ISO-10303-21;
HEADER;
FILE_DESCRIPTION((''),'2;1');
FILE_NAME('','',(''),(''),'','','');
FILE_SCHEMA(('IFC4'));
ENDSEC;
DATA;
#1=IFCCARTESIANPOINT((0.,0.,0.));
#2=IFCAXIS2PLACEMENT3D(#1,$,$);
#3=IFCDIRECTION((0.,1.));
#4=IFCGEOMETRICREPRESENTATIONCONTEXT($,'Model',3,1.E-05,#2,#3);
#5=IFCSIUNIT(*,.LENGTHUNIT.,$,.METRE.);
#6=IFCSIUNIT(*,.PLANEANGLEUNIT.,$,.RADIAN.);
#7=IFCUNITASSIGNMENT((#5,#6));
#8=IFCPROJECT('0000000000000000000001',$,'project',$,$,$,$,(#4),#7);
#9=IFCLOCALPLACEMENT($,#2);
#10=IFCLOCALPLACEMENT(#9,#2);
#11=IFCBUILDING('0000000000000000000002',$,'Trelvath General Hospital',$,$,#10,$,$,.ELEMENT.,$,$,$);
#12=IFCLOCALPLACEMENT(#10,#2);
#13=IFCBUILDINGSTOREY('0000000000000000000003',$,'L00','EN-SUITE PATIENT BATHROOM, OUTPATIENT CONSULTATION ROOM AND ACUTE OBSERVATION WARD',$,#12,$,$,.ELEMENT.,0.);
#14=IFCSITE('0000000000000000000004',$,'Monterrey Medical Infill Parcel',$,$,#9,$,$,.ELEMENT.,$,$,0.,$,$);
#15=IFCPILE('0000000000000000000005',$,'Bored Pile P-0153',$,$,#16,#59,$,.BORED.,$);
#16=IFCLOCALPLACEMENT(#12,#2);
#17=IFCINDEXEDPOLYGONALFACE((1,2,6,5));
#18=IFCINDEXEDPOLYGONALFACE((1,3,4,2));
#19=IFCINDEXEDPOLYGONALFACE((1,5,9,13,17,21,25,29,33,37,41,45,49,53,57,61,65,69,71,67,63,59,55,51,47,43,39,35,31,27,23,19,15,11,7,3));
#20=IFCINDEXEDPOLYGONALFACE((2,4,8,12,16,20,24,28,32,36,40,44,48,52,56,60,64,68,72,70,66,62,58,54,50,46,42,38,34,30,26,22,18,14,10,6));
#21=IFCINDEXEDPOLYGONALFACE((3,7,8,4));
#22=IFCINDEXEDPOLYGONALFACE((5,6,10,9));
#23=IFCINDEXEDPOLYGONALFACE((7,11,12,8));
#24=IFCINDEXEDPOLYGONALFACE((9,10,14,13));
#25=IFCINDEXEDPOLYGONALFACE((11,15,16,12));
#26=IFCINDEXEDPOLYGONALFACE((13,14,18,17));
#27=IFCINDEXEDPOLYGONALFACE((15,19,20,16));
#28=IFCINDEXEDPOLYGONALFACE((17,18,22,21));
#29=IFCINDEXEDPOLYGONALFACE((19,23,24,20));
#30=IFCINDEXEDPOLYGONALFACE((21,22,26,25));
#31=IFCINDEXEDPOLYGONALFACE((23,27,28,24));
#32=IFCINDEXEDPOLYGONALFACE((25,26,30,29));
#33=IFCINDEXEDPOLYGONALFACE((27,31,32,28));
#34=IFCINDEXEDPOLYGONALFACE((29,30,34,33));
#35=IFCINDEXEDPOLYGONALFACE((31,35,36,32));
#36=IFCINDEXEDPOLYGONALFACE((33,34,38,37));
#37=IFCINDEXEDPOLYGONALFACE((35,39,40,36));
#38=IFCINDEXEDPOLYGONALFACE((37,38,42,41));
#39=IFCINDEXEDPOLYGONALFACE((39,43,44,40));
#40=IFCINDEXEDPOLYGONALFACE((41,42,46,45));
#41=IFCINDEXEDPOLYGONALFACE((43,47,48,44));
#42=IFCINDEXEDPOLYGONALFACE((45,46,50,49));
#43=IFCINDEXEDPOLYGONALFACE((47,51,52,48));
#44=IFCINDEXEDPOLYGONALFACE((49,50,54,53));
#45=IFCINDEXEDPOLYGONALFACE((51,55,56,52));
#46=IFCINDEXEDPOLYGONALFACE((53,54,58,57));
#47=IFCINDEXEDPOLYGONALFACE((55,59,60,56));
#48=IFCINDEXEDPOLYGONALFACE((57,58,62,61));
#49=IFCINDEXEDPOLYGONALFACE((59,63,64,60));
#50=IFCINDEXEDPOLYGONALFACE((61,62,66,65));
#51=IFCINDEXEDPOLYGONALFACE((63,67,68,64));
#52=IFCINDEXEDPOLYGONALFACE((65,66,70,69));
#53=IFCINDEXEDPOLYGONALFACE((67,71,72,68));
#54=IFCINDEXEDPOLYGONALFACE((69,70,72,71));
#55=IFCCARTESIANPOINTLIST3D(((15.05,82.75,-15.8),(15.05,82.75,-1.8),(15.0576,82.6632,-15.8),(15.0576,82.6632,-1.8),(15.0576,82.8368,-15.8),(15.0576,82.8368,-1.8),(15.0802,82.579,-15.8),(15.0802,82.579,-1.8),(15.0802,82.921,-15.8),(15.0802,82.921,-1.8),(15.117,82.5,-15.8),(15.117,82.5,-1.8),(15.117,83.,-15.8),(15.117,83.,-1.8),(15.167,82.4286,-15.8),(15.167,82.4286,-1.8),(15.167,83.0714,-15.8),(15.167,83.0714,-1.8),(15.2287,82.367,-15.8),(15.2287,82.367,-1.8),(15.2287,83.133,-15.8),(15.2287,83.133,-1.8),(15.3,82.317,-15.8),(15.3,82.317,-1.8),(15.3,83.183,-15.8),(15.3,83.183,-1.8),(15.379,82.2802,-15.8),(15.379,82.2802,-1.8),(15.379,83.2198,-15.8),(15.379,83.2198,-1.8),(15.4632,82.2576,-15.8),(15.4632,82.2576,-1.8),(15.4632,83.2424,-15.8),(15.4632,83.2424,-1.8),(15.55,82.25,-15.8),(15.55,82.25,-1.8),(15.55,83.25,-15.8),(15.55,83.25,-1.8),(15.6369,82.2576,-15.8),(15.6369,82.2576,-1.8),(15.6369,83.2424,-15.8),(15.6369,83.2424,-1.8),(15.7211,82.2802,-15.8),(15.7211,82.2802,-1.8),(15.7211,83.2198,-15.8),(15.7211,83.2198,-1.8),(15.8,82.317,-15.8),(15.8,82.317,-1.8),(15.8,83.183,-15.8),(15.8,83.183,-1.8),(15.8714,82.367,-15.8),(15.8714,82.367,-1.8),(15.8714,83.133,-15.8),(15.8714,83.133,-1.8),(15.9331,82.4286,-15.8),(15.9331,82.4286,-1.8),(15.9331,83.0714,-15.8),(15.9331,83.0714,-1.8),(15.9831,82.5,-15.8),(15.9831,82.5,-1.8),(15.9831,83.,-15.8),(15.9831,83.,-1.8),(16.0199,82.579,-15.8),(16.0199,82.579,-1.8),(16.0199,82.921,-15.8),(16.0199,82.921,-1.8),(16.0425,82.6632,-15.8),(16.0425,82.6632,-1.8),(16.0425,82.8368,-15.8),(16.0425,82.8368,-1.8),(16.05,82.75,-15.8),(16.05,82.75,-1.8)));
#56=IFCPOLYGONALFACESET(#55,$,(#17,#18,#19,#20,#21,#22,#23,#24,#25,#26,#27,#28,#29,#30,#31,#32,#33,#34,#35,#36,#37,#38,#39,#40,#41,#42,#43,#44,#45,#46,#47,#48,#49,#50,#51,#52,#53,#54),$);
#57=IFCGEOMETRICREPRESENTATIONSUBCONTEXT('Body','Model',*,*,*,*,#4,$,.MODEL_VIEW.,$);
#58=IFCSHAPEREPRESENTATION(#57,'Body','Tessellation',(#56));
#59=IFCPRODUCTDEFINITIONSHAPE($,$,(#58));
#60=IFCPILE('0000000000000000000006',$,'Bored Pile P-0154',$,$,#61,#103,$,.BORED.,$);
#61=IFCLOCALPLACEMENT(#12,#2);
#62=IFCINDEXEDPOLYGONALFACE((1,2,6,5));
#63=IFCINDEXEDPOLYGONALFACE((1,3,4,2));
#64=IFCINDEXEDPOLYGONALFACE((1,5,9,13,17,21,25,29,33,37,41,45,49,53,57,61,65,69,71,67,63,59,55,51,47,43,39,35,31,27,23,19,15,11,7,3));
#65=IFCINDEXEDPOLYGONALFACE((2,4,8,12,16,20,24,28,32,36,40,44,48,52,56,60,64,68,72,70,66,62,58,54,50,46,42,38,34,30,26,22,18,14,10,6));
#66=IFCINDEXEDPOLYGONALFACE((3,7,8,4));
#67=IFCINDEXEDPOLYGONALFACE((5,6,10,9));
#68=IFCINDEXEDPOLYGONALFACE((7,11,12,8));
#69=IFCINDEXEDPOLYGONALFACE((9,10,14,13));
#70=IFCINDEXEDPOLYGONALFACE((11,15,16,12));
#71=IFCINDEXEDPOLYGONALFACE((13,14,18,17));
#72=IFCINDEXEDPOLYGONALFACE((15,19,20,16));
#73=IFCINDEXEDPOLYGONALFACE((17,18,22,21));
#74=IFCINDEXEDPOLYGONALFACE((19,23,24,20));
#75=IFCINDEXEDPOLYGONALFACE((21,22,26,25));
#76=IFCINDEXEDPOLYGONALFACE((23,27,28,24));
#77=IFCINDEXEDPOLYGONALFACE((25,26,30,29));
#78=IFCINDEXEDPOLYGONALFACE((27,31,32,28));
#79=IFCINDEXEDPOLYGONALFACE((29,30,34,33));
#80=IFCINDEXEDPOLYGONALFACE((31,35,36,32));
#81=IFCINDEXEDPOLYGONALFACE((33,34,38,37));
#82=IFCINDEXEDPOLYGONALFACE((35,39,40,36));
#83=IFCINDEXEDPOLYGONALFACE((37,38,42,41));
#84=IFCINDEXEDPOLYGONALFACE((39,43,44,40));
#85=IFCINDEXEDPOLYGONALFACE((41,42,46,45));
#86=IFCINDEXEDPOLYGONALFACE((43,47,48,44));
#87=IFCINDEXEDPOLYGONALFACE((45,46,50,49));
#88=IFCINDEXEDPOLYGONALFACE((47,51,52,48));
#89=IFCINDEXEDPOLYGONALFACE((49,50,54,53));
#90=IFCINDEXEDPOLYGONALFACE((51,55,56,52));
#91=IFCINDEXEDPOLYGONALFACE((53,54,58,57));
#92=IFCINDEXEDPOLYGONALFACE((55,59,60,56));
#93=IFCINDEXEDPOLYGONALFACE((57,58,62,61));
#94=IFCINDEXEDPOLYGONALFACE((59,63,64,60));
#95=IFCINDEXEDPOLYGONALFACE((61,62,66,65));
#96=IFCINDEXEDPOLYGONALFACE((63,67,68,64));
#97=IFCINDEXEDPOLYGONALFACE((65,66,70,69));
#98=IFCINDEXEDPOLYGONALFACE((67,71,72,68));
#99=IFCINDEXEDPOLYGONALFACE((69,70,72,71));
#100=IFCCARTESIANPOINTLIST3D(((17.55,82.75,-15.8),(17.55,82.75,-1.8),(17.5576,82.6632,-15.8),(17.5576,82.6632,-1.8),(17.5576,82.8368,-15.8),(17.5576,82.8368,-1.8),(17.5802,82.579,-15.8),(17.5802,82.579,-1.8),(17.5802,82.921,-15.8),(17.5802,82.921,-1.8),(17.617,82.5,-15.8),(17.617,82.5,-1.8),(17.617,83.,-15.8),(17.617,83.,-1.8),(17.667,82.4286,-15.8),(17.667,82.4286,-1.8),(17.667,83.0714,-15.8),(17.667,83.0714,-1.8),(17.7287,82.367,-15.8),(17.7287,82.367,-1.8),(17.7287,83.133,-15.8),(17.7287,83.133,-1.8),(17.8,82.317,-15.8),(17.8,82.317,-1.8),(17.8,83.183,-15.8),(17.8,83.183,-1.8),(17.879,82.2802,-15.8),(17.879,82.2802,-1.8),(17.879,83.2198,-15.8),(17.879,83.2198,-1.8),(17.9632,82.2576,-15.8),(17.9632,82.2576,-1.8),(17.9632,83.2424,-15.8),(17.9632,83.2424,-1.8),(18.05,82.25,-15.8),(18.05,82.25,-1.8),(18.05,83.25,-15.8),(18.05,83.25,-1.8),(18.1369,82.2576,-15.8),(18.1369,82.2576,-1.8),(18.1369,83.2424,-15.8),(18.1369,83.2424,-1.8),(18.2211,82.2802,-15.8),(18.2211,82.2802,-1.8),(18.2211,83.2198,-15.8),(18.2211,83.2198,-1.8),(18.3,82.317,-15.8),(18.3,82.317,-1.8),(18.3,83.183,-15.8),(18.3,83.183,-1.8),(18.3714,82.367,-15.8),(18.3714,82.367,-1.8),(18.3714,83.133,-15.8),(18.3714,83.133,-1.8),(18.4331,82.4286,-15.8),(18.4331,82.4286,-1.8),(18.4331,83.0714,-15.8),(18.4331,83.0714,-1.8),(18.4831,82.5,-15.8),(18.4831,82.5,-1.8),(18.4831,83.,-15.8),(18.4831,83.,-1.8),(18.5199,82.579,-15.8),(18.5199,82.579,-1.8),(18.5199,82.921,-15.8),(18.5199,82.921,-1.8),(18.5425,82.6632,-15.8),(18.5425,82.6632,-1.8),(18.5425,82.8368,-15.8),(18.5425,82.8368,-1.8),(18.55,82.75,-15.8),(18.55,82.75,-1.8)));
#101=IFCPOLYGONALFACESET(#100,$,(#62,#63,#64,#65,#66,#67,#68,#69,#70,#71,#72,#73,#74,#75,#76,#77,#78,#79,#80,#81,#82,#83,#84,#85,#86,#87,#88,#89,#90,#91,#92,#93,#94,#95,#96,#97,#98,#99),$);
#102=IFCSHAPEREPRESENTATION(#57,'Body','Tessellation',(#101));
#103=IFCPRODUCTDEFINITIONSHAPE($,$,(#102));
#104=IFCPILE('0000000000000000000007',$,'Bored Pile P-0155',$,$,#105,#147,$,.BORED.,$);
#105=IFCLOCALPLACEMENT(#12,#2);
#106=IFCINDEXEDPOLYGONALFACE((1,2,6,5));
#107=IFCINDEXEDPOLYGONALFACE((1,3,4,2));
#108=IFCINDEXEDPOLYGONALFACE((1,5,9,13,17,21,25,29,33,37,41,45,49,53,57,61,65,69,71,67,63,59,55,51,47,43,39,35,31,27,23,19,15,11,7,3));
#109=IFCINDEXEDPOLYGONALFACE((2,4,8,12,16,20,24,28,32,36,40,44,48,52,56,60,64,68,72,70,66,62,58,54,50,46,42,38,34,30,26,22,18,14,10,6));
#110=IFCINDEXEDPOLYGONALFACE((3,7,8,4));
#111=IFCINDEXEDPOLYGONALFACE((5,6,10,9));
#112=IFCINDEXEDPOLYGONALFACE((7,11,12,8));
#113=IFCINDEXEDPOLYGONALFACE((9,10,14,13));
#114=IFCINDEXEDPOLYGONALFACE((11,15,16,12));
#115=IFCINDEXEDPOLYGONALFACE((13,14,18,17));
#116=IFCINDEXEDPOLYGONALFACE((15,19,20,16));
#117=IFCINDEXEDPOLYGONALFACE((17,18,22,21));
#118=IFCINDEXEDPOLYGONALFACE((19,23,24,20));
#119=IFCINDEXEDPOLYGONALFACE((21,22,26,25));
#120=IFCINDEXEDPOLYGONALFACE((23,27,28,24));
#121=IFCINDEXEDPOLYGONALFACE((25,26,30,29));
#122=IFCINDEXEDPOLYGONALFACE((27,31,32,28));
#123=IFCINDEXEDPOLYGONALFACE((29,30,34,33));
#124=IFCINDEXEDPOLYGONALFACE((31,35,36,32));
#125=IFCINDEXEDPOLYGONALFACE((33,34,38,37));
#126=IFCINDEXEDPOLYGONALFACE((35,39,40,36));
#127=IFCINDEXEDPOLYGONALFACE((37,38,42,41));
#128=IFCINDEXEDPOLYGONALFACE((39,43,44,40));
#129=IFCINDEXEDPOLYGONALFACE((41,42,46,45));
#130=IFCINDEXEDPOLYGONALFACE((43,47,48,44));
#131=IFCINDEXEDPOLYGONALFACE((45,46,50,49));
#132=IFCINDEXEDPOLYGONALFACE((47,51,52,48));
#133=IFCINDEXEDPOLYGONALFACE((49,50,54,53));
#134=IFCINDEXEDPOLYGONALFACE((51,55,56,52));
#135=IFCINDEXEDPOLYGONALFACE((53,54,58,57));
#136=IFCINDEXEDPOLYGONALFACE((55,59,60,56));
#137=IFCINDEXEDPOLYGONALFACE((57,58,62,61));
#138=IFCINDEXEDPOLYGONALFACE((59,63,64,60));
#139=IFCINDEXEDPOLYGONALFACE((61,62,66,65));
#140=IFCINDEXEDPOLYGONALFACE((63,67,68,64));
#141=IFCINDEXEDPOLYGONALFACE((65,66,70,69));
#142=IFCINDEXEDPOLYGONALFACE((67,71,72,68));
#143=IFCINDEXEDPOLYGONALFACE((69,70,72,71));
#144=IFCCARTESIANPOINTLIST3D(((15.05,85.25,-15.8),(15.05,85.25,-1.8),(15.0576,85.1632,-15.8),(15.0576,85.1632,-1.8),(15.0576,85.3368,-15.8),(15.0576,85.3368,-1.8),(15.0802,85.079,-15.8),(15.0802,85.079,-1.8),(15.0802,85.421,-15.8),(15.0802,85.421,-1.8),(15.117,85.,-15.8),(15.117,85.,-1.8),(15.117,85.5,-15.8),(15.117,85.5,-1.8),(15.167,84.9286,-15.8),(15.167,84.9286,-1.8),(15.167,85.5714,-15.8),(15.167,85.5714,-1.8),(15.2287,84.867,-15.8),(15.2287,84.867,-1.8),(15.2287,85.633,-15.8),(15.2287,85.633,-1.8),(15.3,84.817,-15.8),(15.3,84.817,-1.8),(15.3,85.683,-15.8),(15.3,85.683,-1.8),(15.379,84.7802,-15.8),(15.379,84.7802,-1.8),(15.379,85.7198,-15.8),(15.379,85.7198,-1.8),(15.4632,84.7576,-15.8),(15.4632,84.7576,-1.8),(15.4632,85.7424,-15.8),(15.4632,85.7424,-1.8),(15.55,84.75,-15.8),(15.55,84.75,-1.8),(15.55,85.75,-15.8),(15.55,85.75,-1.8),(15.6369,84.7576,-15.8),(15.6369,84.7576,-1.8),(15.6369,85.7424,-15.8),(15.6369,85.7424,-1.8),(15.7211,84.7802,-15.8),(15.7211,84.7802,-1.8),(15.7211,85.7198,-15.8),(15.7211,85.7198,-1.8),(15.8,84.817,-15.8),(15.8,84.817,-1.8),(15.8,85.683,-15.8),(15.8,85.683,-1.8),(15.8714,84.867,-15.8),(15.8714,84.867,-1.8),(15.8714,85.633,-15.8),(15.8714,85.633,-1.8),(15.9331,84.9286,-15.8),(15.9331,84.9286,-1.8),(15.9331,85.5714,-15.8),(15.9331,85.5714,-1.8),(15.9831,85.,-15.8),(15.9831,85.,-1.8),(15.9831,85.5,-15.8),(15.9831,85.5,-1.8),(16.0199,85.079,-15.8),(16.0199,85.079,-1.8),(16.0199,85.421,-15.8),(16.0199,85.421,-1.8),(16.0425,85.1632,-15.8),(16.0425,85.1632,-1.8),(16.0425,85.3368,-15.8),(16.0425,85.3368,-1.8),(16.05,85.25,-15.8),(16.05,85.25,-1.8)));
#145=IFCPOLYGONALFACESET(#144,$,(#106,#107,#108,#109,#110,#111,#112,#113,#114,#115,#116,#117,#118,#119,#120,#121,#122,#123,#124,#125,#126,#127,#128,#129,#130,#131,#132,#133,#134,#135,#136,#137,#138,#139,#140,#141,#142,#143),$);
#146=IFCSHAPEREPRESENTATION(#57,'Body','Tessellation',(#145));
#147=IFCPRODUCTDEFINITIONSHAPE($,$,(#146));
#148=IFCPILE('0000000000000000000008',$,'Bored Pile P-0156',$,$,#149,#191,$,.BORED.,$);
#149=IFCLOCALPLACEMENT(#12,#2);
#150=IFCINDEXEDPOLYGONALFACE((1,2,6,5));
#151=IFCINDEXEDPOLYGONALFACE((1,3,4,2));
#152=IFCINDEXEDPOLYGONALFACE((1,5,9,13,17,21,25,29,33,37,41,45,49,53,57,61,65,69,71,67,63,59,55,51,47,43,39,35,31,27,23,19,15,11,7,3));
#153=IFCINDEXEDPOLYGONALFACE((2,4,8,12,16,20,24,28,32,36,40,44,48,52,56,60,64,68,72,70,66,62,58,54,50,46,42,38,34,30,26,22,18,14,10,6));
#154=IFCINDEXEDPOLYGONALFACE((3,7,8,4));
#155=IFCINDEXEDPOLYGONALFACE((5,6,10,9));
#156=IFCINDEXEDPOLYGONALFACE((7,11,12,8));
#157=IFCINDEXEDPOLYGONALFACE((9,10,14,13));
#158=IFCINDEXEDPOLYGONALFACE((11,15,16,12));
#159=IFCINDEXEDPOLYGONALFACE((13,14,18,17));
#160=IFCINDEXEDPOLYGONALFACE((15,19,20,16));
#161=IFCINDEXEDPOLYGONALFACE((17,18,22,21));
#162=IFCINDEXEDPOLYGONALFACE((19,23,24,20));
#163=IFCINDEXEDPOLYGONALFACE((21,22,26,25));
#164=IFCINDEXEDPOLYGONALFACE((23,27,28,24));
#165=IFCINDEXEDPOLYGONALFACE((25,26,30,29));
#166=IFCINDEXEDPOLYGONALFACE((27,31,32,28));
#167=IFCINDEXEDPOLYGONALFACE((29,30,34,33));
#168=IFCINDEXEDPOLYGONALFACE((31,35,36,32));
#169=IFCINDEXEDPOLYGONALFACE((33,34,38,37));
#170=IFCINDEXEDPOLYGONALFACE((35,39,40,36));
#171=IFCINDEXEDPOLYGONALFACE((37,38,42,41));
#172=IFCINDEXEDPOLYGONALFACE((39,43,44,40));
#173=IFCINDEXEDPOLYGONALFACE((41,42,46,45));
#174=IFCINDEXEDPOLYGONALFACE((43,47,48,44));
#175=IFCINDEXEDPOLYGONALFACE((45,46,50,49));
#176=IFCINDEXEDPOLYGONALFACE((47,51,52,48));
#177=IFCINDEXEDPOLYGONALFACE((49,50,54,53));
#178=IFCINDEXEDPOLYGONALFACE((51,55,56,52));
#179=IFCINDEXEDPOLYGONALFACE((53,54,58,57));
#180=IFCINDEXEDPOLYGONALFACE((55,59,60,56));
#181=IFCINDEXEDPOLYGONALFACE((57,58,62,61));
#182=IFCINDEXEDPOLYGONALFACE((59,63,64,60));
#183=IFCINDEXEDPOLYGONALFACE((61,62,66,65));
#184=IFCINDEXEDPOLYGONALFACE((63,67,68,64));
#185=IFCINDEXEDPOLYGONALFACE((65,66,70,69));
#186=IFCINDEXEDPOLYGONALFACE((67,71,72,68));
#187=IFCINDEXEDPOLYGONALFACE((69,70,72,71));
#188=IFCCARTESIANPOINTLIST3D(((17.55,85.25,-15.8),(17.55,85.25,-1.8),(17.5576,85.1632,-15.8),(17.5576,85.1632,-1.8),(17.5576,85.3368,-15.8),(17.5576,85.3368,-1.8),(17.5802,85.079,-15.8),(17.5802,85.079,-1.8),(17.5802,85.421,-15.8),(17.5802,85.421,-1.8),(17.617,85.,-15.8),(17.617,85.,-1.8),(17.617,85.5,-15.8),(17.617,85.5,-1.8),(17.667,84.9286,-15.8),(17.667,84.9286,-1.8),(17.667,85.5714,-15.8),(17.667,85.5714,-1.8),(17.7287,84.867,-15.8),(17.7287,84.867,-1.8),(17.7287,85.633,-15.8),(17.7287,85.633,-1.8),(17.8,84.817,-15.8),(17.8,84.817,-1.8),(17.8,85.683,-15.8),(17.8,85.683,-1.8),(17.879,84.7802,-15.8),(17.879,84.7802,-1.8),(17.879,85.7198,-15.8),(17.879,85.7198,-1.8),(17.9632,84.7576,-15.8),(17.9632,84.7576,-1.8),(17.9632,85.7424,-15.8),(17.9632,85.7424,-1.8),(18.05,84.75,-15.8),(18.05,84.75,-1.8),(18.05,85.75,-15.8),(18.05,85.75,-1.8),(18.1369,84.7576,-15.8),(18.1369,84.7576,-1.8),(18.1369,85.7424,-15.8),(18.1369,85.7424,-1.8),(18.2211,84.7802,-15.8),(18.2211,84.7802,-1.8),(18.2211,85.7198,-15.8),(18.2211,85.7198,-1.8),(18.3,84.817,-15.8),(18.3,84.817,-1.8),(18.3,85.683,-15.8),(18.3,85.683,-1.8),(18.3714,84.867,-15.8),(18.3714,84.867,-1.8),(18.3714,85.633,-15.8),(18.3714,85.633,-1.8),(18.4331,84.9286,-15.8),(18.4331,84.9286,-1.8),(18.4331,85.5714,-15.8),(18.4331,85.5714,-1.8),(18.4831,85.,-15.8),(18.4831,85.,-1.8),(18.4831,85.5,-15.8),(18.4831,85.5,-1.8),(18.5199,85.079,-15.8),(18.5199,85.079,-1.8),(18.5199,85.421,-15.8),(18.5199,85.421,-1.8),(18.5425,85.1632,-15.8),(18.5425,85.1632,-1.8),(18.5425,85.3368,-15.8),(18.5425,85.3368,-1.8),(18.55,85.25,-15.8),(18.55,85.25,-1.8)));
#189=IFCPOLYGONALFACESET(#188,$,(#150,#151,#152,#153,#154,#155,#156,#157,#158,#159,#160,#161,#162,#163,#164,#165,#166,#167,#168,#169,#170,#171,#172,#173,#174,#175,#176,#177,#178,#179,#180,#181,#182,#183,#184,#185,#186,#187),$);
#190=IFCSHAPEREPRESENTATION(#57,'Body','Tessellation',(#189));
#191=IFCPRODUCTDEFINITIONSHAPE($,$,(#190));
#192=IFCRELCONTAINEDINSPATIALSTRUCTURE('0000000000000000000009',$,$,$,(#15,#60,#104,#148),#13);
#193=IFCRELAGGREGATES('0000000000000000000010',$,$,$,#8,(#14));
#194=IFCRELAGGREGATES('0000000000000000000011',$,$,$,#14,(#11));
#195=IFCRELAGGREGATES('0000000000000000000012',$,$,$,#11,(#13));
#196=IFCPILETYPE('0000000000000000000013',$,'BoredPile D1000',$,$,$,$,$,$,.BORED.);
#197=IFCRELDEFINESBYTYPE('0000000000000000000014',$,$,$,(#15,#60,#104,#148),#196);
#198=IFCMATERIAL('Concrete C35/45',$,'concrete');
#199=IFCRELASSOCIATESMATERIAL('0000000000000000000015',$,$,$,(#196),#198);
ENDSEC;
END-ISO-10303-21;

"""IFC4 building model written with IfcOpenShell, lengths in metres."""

from ifc_helpers import new_model, si_unit, direction, frame, origin, origin_2d, place, context, subcontext, project, spatial, circle, extrude, material, material_profile, profile_set, type_object, element, save


model = new_model("IFC4")

# Units and contexts
model_context = context("Model", 3, precision=1e-05, world=origin(), true_north=direction((0.0, 1.0)))
body_context = subcontext(model_context, "Body", "Model", "MODEL_VIEW")
ifc_project = project(units=[si_unit("LENGTHUNIT", "METRE"), si_unit("PLANEANGLEUNIT", "RADIAN")], contexts=[model_context])

# Site, building, storey
site_placement = place(None, origin())
site = spatial("IfcSite", under=ifc_project, at=site_placement, Name="Monterrey Medical Infill Parcel", CompositionType="ELEMENT", RefElevation=0.0)
building_placement = place(site_placement, origin())
building = spatial("IfcBuilding", under=site, at=building_placement, Name="Trelvath General Hospital", CompositionType="ELEMENT")
storey_placement = place(building_placement, origin())
storey = spatial("IfcBuildingStorey", under=building, at=storey_placement, Name="L00", Description="EN-SUITE PATIENT BATHROOM, OUTPATIENT CONSULTATION ROOM AND ACUTE OBSERVATION WARD", CompositionType="ELEMENT", Elevation=0.0)

# Piles
ifc_material_1 = material(Name="Concrete C35/45", Category="concrete")
ifc_material_profile_1 = material_profile(ifc_material_1, circle(Radius=0.5, at=origin_2d()), Name="PILE1000")
ifc_profile_set_1 = profile_set([ifc_material_profile_1], Name="Concrete C35/45")
pile_type_1 = type_object("IfcPileType", Name="BoredPile D1000", PredefinedType="BORED", material=ifc_profile_set_1)
for number, where, z_axis, x_axis, name in (
    (1, (15.55, 82.75, -1.8), (0.0, 0.0, -1.0), (1.0, 0.0, 0.0), "Bored Pile P-0153"),
    (2, (18.05, 82.75, -1.8), (0.0, 0.0, -1.0), (1.0, 0.0, 0.0), "Bored Pile P-0154"),
    (3, (15.55, 85.25, -1.8), (0.0, 0.0, -1.0), (1.0, 0.0, 0.0), "Bored Pile P-0155"),
    (4, (18.05, 85.25, -1.8), (0.0, 0.0, -1.0), (1.0, 0.0, 0.0), "Bored Pile P-0156"),
):
    element("IfcPile", number, at=place(storey_placement, frame(where, z_axis=z_axis, x_axis=x_axis)), inside=storey, type_object=pile_type_1, Name=name, PredefinedType="BORED", context=body_context, shape_type="SweptSolid", body=[
        extrude(circle(Radius=0.5, at=origin_2d()), origin(), (0.0, 0.0, 1.0), 14.0),
    ])

save(model, "model.ifc")
